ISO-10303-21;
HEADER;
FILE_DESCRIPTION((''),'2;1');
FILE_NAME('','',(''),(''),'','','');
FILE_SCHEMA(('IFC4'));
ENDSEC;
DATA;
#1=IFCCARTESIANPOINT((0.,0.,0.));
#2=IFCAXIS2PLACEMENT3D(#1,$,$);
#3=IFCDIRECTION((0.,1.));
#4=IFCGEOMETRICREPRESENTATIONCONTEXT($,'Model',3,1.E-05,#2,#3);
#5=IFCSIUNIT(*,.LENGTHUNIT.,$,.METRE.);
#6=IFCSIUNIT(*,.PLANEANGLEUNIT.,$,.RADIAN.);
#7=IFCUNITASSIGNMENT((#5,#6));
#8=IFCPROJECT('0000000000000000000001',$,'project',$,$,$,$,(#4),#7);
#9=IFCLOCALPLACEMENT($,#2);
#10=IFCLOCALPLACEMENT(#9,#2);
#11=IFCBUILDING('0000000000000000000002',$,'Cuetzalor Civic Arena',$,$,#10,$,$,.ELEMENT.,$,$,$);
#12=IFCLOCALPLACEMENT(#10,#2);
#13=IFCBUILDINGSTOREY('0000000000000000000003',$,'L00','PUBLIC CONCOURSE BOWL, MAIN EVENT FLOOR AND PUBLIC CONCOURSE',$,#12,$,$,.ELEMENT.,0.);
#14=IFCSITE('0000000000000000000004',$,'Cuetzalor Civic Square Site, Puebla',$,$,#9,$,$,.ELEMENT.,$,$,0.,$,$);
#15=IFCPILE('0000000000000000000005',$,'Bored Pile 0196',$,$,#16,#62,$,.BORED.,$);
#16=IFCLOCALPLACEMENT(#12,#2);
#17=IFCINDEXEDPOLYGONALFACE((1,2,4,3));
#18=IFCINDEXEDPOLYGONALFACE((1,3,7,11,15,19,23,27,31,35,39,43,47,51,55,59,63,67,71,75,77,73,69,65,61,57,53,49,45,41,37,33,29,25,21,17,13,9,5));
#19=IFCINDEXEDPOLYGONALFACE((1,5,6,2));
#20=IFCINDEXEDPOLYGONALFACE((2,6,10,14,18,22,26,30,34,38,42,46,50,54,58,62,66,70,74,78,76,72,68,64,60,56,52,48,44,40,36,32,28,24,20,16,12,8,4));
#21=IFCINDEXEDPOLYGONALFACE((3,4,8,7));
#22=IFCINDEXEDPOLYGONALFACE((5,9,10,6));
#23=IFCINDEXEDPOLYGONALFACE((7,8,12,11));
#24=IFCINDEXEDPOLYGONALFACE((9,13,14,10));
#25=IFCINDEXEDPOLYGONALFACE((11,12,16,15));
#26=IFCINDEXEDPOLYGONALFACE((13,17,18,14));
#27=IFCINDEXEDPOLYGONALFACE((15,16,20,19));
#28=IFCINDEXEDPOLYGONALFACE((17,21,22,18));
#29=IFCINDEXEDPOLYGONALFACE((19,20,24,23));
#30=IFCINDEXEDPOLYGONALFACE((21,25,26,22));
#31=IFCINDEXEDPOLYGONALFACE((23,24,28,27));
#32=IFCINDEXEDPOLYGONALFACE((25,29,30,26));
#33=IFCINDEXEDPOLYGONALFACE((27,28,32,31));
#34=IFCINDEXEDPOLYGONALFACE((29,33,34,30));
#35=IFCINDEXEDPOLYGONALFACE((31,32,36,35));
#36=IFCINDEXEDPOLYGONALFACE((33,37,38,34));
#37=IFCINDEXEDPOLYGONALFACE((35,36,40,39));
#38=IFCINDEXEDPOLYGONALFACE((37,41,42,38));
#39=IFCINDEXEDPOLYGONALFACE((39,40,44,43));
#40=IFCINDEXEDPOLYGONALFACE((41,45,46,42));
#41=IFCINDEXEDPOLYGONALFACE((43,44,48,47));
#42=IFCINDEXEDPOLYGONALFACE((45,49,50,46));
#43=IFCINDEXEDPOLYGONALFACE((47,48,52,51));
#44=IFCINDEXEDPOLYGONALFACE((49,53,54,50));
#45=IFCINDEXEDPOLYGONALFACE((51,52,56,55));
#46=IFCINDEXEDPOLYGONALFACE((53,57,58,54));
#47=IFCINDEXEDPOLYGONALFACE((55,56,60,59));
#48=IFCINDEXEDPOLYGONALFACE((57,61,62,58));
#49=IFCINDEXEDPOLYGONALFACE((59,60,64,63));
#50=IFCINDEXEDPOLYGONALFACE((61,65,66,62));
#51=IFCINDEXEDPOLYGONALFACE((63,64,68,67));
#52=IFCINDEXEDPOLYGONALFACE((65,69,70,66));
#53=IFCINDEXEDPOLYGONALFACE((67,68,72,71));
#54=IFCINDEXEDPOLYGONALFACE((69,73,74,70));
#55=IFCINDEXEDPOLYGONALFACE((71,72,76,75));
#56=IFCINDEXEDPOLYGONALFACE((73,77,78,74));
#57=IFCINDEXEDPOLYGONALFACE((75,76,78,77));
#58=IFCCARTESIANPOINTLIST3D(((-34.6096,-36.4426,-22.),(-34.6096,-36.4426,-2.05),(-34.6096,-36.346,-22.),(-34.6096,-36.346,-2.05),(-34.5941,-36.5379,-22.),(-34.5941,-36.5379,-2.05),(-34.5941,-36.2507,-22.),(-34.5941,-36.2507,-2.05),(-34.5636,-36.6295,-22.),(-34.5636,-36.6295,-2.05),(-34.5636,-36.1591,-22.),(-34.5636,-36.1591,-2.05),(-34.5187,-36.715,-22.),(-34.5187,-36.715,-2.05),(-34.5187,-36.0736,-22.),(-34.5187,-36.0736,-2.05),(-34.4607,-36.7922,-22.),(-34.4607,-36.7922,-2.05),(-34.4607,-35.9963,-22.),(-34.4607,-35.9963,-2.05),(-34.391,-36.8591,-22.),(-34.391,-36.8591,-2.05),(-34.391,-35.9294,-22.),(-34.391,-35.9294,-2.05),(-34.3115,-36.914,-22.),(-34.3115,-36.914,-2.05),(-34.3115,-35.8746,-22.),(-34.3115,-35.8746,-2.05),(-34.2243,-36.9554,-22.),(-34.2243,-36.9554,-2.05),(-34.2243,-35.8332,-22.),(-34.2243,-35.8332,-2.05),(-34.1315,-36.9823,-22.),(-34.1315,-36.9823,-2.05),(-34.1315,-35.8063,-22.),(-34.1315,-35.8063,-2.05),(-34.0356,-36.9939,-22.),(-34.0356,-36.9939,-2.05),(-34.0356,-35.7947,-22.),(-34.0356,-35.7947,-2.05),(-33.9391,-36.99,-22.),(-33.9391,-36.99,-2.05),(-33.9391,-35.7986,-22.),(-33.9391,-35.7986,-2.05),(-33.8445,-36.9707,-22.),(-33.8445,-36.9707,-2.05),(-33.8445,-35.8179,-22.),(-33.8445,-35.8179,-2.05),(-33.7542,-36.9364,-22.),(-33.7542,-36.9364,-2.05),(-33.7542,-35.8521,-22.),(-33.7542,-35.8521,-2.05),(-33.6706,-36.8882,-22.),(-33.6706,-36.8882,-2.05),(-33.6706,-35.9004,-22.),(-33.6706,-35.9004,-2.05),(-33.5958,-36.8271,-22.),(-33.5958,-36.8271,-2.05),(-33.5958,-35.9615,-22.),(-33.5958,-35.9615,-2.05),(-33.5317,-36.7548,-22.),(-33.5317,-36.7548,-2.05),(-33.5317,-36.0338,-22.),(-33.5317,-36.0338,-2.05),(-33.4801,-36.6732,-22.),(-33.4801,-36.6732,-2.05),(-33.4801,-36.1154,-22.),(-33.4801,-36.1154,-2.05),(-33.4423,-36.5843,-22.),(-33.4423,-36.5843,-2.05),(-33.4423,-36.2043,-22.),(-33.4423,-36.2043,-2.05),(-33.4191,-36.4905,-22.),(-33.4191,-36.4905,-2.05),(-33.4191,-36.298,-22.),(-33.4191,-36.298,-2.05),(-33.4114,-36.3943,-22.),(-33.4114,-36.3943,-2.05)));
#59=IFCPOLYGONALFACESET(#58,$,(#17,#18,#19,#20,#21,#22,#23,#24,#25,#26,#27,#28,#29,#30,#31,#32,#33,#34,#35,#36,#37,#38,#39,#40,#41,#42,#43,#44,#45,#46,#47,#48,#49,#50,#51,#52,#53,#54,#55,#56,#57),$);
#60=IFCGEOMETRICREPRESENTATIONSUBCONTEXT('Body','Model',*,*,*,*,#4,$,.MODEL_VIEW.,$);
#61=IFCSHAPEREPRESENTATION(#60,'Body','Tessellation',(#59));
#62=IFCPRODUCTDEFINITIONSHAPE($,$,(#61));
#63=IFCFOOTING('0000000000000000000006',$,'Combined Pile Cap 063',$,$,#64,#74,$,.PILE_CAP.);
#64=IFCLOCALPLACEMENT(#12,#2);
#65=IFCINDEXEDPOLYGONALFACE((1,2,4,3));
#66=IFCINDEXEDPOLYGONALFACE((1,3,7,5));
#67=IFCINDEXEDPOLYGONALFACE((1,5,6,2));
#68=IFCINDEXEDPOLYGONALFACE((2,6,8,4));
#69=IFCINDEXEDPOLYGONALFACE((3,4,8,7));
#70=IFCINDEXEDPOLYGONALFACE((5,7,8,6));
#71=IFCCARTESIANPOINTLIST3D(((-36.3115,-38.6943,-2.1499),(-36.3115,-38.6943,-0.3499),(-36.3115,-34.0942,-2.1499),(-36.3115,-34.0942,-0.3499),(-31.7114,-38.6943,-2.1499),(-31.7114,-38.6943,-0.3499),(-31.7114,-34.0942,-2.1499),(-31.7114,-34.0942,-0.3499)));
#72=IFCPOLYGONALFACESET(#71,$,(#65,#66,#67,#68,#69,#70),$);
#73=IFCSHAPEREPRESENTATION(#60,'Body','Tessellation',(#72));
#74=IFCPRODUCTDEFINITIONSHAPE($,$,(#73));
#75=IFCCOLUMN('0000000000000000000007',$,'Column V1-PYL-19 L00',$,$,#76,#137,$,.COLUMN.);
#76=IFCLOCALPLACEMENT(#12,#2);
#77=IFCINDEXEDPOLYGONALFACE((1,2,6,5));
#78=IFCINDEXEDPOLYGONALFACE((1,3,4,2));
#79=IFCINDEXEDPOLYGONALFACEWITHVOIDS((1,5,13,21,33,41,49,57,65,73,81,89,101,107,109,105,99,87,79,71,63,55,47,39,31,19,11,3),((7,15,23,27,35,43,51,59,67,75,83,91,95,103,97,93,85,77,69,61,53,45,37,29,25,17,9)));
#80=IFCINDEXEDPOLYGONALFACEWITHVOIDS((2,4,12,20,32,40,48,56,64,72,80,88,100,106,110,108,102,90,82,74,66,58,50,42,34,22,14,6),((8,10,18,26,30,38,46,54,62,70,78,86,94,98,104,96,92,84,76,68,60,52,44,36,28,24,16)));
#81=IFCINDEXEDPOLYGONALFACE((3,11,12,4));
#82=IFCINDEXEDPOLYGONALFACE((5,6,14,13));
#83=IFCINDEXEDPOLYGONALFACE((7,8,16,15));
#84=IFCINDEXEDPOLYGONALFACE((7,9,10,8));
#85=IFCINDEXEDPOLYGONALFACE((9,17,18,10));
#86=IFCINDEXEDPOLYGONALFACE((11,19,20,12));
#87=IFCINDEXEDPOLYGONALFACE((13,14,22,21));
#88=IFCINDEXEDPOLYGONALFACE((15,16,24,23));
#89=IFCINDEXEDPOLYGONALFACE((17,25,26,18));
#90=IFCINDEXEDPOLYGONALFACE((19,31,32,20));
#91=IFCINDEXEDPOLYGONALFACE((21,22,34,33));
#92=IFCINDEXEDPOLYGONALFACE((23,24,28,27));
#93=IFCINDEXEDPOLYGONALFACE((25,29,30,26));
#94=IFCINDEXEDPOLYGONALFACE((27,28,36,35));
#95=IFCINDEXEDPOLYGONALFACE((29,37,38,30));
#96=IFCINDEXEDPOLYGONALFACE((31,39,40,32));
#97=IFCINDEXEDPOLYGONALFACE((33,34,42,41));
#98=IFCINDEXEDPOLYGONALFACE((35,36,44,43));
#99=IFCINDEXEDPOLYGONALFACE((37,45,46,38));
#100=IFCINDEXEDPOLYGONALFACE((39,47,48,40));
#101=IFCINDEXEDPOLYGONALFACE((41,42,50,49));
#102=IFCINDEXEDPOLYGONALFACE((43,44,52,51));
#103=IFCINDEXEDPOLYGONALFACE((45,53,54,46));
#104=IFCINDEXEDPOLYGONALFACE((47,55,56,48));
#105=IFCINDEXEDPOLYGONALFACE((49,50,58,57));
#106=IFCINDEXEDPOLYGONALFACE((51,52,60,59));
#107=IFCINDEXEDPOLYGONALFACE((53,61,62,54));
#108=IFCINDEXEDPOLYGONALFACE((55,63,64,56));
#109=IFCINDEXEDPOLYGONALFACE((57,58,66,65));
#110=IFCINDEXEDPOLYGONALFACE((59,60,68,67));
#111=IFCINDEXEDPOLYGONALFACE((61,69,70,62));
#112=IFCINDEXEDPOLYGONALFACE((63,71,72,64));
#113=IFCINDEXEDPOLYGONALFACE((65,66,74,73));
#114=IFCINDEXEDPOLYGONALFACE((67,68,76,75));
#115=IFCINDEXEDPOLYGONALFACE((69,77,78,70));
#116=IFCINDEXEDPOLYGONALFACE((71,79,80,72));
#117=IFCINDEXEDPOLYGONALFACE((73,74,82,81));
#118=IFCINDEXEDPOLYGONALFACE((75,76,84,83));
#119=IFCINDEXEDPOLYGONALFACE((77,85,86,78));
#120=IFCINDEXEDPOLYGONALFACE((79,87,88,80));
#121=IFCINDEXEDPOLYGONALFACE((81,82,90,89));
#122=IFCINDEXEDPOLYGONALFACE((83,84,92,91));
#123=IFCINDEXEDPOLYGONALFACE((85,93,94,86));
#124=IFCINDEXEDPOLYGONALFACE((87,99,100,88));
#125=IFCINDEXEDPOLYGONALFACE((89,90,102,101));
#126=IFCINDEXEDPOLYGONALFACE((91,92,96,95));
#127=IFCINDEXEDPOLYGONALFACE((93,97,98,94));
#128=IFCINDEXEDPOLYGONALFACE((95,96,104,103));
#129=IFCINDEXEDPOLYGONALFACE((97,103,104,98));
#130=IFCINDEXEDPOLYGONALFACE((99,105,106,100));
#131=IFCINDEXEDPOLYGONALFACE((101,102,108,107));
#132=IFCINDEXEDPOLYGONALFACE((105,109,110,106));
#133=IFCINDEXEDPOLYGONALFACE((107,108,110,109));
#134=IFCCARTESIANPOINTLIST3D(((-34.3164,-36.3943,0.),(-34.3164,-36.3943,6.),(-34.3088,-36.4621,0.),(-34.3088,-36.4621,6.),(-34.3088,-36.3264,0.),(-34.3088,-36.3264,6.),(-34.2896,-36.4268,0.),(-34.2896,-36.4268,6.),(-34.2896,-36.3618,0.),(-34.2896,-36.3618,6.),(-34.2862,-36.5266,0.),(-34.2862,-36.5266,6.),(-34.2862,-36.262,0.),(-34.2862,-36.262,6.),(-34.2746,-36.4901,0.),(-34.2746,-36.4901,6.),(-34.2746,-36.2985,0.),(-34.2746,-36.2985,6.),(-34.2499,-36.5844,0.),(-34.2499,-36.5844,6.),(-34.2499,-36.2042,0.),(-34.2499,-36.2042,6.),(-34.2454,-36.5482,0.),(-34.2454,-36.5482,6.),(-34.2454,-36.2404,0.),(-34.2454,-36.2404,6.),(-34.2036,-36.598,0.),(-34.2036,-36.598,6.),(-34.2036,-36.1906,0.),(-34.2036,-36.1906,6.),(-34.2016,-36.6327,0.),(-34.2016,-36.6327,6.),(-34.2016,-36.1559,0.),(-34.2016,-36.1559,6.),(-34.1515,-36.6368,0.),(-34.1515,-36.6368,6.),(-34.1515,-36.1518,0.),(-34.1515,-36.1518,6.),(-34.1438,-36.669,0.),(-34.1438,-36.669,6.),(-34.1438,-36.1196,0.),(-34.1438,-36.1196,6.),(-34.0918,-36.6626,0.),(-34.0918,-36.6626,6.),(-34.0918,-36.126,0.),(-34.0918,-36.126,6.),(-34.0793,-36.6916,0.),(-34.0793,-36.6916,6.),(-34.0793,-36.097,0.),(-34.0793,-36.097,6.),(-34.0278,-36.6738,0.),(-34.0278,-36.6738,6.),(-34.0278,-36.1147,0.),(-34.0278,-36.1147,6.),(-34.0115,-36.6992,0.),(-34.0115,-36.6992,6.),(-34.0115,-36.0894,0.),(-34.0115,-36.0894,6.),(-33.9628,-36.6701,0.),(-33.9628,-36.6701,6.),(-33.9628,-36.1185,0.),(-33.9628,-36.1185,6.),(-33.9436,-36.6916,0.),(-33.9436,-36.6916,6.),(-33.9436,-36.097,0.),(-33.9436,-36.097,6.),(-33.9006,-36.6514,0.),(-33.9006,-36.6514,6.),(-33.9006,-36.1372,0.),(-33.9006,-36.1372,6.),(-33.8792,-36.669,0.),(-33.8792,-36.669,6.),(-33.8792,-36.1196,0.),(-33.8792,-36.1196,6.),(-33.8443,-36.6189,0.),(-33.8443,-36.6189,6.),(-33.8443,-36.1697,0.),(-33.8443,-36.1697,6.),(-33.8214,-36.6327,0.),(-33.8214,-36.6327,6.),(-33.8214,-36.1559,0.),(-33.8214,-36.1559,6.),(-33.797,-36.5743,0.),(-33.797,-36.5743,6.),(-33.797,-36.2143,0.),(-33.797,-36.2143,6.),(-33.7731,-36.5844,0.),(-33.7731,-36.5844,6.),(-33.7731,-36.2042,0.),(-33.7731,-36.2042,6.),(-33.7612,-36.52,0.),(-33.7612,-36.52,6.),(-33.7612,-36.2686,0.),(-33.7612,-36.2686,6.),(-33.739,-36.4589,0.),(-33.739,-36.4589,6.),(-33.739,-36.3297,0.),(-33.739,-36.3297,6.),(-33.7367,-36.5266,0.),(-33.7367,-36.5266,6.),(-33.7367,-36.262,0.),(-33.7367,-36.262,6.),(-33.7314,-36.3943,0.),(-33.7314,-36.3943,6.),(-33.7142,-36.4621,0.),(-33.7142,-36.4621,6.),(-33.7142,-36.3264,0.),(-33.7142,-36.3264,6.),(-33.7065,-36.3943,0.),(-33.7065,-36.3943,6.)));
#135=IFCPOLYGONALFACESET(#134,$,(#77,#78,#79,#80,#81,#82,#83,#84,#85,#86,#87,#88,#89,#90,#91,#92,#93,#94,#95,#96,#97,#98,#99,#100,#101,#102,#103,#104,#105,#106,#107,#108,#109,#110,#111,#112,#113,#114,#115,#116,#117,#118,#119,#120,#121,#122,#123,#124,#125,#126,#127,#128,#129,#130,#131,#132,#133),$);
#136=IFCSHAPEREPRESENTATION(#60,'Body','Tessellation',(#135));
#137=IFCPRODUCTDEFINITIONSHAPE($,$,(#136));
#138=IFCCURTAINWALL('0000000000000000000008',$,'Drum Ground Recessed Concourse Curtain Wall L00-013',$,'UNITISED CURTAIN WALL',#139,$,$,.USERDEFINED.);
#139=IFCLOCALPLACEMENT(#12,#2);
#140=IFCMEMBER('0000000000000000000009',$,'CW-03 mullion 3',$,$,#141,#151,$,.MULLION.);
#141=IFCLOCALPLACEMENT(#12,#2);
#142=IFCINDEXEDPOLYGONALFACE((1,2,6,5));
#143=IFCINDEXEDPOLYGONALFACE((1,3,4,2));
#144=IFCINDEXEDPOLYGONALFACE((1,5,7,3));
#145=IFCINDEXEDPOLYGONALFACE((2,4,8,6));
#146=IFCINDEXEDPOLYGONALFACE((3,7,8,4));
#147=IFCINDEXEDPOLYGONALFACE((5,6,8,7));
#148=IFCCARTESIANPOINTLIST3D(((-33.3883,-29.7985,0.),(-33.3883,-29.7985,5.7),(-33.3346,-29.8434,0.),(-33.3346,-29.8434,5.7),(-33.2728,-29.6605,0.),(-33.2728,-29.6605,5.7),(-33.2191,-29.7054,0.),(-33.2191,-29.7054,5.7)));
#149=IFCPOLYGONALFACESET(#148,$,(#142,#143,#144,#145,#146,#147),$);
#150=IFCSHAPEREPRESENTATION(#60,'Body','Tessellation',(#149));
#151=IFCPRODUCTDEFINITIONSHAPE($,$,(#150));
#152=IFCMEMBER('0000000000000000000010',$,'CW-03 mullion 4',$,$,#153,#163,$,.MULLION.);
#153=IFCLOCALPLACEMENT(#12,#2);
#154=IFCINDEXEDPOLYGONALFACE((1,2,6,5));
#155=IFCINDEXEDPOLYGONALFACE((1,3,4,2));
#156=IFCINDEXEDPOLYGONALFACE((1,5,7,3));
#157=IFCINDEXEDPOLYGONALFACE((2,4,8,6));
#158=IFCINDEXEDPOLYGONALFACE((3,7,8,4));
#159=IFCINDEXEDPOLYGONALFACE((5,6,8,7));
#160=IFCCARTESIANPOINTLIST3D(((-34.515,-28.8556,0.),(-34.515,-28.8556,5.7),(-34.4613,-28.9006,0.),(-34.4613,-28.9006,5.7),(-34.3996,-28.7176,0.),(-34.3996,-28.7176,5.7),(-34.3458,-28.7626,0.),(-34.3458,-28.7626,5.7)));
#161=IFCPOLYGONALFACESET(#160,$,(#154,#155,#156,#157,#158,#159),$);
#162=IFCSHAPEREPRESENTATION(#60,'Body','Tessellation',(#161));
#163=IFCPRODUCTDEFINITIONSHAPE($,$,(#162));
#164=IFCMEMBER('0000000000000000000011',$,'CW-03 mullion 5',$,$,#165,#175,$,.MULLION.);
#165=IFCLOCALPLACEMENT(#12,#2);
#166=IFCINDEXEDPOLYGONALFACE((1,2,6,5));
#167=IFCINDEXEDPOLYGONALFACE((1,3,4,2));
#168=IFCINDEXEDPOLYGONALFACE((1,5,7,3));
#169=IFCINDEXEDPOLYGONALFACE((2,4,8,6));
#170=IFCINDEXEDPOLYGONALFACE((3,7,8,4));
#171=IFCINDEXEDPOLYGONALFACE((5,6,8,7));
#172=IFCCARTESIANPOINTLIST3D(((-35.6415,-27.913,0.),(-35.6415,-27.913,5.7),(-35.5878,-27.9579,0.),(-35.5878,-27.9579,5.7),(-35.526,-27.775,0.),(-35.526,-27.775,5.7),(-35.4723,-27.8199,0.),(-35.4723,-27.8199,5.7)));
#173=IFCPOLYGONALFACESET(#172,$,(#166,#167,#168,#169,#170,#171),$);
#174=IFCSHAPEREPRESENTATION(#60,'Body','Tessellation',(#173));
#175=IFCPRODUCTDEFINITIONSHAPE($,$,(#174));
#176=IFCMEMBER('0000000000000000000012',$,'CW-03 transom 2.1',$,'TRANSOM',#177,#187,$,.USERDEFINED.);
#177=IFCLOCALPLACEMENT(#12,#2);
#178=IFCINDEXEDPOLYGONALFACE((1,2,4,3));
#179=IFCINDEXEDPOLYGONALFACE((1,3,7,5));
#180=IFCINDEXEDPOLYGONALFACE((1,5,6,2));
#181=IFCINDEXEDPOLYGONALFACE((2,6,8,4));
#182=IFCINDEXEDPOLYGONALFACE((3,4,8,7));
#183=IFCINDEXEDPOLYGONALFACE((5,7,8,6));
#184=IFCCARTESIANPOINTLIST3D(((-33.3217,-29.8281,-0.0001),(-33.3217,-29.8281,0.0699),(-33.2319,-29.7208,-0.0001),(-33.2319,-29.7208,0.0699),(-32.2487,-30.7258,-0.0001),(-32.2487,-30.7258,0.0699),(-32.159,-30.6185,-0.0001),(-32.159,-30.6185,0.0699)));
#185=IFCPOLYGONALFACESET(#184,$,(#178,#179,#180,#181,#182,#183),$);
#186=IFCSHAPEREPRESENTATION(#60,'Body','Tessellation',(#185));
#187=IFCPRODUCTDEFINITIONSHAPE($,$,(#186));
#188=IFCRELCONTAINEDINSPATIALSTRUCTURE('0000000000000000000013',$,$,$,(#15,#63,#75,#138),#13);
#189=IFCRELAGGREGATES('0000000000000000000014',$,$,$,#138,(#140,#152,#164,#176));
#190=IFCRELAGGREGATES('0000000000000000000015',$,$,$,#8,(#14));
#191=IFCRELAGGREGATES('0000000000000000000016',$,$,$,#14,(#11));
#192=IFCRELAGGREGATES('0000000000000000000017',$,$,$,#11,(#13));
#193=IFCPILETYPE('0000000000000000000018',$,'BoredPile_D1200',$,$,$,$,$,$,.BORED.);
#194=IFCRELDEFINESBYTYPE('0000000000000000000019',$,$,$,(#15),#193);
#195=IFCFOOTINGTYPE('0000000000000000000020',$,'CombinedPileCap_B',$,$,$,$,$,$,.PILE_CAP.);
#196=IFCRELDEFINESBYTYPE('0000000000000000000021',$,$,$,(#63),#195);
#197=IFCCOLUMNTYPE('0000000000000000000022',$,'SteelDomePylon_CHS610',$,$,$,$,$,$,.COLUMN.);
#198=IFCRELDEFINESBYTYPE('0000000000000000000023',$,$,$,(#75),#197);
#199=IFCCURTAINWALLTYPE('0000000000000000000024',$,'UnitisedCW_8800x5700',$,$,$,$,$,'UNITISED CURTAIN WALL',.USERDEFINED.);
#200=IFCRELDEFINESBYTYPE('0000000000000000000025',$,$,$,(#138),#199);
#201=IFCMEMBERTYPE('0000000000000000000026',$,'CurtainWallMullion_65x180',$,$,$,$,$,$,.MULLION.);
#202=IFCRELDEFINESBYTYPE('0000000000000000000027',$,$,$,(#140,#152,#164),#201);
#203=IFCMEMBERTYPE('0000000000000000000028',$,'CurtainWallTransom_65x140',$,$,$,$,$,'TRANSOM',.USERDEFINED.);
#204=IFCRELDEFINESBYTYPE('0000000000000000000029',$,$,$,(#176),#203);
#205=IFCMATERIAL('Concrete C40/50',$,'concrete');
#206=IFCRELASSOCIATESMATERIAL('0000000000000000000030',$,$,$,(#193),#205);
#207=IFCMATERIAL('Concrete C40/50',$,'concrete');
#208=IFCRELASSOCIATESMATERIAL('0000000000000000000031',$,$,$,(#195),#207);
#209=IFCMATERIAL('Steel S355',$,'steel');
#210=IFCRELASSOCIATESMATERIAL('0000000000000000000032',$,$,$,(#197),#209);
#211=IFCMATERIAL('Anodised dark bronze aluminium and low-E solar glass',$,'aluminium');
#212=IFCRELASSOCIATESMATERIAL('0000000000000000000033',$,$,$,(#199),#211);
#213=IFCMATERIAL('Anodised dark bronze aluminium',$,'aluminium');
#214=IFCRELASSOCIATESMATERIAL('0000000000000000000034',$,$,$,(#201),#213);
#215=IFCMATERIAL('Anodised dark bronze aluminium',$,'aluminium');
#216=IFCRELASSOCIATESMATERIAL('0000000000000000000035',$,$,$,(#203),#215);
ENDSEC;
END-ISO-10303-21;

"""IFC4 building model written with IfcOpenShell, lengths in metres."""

from ifc_helpers import new_model, si_unit, direction, frame, origin, origin_2d, place, context, subcontext, project, spatial, rectangle, circle, hollow_circle, extrude, material, material_profile, profile_set, type_object, element, aggregate, save


model = new_model("IFC4")

# Units and contexts
model_context = context("Model", 3, precision=1e-05, world=origin(), true_north=direction((0.0, 1.0)))
body_context = subcontext(model_context, "Body", "Model", "MODEL_VIEW")
ifc_project = project(units=[si_unit("LENGTHUNIT", "METRE"), si_unit("PLANEANGLEUNIT", "RADIAN")], contexts=[model_context])

# Site, building, storey
site_placement = place(None, origin())
site = spatial("IfcSite", under=ifc_project, at=site_placement, Name="Cuetzalor Civic Square Site, Puebla", CompositionType="ELEMENT", RefElevation=0.0)
building_placement = place(site_placement, origin())
building = spatial("IfcBuilding", under=site, at=building_placement, Name="Cuetzalor Civic Arena", CompositionType="ELEMENT")
storey_placement = place(building_placement, origin())
storey = spatial("IfcBuildingStorey", under=building, at=storey_placement, Name="L00", Description="PUBLIC CONCOURSE BOWL, MAIN EVENT FLOOR AND PUBLIC CONCOURSE", CompositionType="ELEMENT", Elevation=0.0)

# Pile
ifc_material_1 = material(Name="Concrete C40/50", Category="concrete")
ifc_material_profile_1 = material_profile(ifc_material_1, circle(Radius=0.6001, at=origin_2d()), Name="BORED PILE D1200")
ifc_profile_set_1 = profile_set([ifc_material_profile_1], Name="Concrete C40/50")
pile_type = type_object("IfcPileType", Name="BoredPile_D1200", PredefinedType="BORED", material=ifc_profile_set_1)
pile_placement = place(storey_placement, frame((-34.0115, -36.3943, -2.05), z_axis=(0.0, 0.0, -1.0), x_axis=(1.0, 0.0, 0.0)))
element("IfcPile", 1, at=pile_placement, inside=storey, type_object=pile_type, Name="Bored Pile 0196", PredefinedType="BORED", context=body_context, shape_type="SweptSolid", body=[
    extrude(circle(Radius=0.6001, at=origin_2d()), origin(), (0.0, 0.0, 1.0), 19.95),
])

# Footing
ifc_material_2 = material(Name="Concrete C40/50", Category="concrete")
footing_type = type_object("IfcFootingType", Name="CombinedPileCap_B", PredefinedType="PILE_CAP", material=ifc_material_2)
footing_placement = place(storey_placement, frame((-34.0115, -36.3943, -2.1499), z_axis=(0.0, 0.0, 1.0), x_axis=(1.0, 0.0, 0.0)))
element("IfcFooting", 2, at=footing_placement, inside=storey, type_object=footing_type, Name="Combined Pile Cap 063", PredefinedType="PILE_CAP", context=body_context, shape_type="SweptSolid", body=[
    extrude(rectangle(XDim=4.6001, YDim=4.6001, at=origin_2d()), origin(), (0.0, 0.0, 1.0), 1.8),
])

# Column
ifc_material_3 = material(Name="Steel S355", Category="steel")
ifc_material_profile_2 = material_profile(ifc_material_3, hollow_circle(Radius=0.3049, WallThickness=0.0249, at=origin_2d()), Name="CHS 610x25")
ifc_profile_set_2 = profile_set([ifc_material_profile_2], Name="Steel S355")
column_type = type_object("IfcColumnType", Name="SteelDomePylon_CHS610", PredefinedType="COLUMN", material=ifc_profile_set_2)
column_placement = place(storey_placement, frame((-34.0115, -36.3943, 0.0), z_axis=(0.0, 0.0, 1.0), x_axis=(1.0, 0.0, 0.0)))
element("IfcColumn", 3, at=column_placement, inside=storey, type_object=column_type, Name="Column V1-PYL-19 L00", PredefinedType="COLUMN", context=body_context, shape_type="SweptSolid", body=[
    extrude(hollow_circle(Radius=0.3049, WallThickness=0.0249, at=origin_2d()), origin(), (0.0, 0.0, 1.0), 6.0),
])

# Curtain wall, members
ifc_material_4 = material(Name="Anodised dark bronze aluminium and low-E solar glass", Category="aluminium")
curtain_wall_type = type_object("IfcCurtainWallType", Name="UnitisedCW_8800x5700", ElementType="UNITISED CURTAIN WALL", PredefinedType="USERDEFINED", material=ifc_material_4)
curtain_wall_placement = place(storey_placement, origin())
curtain_wall = element("IfcCurtainWall", 4, at=curtain_wall_placement, inside=storey, type_object=curtain_wall_type, Name="Drum Ground Recessed Concourse Curtain Wall L00-013", ObjectType="UNITISED CURTAIN WALL", PredefinedType="USERDEFINED")
ifc_material_5 = material(Name="Anodised dark bronze aluminium", Category="aluminium")
ifc_material_profile_3 = material_profile(ifc_material_5, rectangle(XDim=0.0701, YDim=0.1799, at=origin_2d()), Name="ALU MULLION 70x180")
ifc_profile_set_3 = profile_set([ifc_material_profile_3], Name="Anodised dark bronze aluminium")
member_type_1 = type_object("IfcMemberType", Name="CurtainWallMullion_65x180", PredefinedType="MULLION", material=ifc_profile_set_3)
member_1_placement = place(storey_placement, frame((-33.3037, -29.752, 0.0), z_axis=(0.0, 0.0, 1.0), x_axis=(-0.766928, 0.641733, 0.0)))
member_1 = element("IfcMember", 5, at=member_1_placement, type_object=member_type_1, Name="CW-03 mullion 3", PredefinedType="MULLION", context=body_context, shape_type="SweptSolid", body=[
    extrude(rectangle(XDim=0.0701, YDim=0.1799, at=origin_2d()), origin(), (0.0, 0.0, 1.0), 5.7),
])
member_2_placement = place(storey_placement, frame((-34.4304, -28.8091, 0.0), z_axis=(0.0, 0.0, 1.0), x_axis=(-0.766928, 0.641733, 0.0)))
member_2 = element("IfcMember", 6, at=member_2_placement, type_object=member_type_1, Name="CW-03 mullion 4", PredefinedType="MULLION", context=body_context, shape_type="SweptSolid", body=[
    extrude(rectangle(XDim=0.0701, YDim=0.1799, at=origin_2d()), origin(), (0.0, 0.0, 1.0), 5.7),
])
member_3_placement = place(storey_placement, frame((-35.5569, -27.8665, 0.0), z_axis=(0.0, 0.0, 1.0), x_axis=(-0.766928, 0.641733, 0.0)))
member_3 = element("IfcMember", 7, at=member_3_placement, type_object=member_type_1, Name="CW-03 mullion 5", PredefinedType="MULLION", context=body_context, shape_type="SweptSolid", body=[
    extrude(rectangle(XDim=0.0701, YDim=0.1799, at=origin_2d()), origin(), (0.0, 0.0, 1.0), 5.7),
])
ifc_material_6 = material(Name="Anodised dark bronze aluminium", Category="aluminium")
ifc_material_profile_4 = material_profile(ifc_material_6, rectangle(XDim=0.1399, YDim=0.0701, at=origin_2d()), Name="ALU TRANSOM 70x140")
ifc_profile_set_4 = profile_set([ifc_material_profile_4], Name="Anodised dark bronze aluminium")
member_type_2 = type_object("IfcMemberType", Name="CurtainWallTransom_65x140", ElementType="TRANSOM", PredefinedType="USERDEFINED", material=ifc_profile_set_4)
member_4_placement = place(storey_placement, frame((-32.2039, -30.6721, 0.0349), z_axis=(-0.766975, 0.641677, 0.0), x_axis=(-0.641677, -0.766975, 0.0)))
member_4 = element("IfcMember", 8, at=member_4_placement, type_object=member_type_2, Name="CW-03 transom 2.1", ObjectType="TRANSOM", PredefinedType="USERDEFINED", context=body_context, shape_type="SweptSolid", body=[
    extrude(rectangle(XDim=0.1399, YDim=0.0701, at=origin_2d()), origin(), (0.0, 0.0, 1.0), 1.3989),
])

aggregate(curtain_wall, [member_1, member_2, member_3, member_4])

save(model, "model.ifc")
